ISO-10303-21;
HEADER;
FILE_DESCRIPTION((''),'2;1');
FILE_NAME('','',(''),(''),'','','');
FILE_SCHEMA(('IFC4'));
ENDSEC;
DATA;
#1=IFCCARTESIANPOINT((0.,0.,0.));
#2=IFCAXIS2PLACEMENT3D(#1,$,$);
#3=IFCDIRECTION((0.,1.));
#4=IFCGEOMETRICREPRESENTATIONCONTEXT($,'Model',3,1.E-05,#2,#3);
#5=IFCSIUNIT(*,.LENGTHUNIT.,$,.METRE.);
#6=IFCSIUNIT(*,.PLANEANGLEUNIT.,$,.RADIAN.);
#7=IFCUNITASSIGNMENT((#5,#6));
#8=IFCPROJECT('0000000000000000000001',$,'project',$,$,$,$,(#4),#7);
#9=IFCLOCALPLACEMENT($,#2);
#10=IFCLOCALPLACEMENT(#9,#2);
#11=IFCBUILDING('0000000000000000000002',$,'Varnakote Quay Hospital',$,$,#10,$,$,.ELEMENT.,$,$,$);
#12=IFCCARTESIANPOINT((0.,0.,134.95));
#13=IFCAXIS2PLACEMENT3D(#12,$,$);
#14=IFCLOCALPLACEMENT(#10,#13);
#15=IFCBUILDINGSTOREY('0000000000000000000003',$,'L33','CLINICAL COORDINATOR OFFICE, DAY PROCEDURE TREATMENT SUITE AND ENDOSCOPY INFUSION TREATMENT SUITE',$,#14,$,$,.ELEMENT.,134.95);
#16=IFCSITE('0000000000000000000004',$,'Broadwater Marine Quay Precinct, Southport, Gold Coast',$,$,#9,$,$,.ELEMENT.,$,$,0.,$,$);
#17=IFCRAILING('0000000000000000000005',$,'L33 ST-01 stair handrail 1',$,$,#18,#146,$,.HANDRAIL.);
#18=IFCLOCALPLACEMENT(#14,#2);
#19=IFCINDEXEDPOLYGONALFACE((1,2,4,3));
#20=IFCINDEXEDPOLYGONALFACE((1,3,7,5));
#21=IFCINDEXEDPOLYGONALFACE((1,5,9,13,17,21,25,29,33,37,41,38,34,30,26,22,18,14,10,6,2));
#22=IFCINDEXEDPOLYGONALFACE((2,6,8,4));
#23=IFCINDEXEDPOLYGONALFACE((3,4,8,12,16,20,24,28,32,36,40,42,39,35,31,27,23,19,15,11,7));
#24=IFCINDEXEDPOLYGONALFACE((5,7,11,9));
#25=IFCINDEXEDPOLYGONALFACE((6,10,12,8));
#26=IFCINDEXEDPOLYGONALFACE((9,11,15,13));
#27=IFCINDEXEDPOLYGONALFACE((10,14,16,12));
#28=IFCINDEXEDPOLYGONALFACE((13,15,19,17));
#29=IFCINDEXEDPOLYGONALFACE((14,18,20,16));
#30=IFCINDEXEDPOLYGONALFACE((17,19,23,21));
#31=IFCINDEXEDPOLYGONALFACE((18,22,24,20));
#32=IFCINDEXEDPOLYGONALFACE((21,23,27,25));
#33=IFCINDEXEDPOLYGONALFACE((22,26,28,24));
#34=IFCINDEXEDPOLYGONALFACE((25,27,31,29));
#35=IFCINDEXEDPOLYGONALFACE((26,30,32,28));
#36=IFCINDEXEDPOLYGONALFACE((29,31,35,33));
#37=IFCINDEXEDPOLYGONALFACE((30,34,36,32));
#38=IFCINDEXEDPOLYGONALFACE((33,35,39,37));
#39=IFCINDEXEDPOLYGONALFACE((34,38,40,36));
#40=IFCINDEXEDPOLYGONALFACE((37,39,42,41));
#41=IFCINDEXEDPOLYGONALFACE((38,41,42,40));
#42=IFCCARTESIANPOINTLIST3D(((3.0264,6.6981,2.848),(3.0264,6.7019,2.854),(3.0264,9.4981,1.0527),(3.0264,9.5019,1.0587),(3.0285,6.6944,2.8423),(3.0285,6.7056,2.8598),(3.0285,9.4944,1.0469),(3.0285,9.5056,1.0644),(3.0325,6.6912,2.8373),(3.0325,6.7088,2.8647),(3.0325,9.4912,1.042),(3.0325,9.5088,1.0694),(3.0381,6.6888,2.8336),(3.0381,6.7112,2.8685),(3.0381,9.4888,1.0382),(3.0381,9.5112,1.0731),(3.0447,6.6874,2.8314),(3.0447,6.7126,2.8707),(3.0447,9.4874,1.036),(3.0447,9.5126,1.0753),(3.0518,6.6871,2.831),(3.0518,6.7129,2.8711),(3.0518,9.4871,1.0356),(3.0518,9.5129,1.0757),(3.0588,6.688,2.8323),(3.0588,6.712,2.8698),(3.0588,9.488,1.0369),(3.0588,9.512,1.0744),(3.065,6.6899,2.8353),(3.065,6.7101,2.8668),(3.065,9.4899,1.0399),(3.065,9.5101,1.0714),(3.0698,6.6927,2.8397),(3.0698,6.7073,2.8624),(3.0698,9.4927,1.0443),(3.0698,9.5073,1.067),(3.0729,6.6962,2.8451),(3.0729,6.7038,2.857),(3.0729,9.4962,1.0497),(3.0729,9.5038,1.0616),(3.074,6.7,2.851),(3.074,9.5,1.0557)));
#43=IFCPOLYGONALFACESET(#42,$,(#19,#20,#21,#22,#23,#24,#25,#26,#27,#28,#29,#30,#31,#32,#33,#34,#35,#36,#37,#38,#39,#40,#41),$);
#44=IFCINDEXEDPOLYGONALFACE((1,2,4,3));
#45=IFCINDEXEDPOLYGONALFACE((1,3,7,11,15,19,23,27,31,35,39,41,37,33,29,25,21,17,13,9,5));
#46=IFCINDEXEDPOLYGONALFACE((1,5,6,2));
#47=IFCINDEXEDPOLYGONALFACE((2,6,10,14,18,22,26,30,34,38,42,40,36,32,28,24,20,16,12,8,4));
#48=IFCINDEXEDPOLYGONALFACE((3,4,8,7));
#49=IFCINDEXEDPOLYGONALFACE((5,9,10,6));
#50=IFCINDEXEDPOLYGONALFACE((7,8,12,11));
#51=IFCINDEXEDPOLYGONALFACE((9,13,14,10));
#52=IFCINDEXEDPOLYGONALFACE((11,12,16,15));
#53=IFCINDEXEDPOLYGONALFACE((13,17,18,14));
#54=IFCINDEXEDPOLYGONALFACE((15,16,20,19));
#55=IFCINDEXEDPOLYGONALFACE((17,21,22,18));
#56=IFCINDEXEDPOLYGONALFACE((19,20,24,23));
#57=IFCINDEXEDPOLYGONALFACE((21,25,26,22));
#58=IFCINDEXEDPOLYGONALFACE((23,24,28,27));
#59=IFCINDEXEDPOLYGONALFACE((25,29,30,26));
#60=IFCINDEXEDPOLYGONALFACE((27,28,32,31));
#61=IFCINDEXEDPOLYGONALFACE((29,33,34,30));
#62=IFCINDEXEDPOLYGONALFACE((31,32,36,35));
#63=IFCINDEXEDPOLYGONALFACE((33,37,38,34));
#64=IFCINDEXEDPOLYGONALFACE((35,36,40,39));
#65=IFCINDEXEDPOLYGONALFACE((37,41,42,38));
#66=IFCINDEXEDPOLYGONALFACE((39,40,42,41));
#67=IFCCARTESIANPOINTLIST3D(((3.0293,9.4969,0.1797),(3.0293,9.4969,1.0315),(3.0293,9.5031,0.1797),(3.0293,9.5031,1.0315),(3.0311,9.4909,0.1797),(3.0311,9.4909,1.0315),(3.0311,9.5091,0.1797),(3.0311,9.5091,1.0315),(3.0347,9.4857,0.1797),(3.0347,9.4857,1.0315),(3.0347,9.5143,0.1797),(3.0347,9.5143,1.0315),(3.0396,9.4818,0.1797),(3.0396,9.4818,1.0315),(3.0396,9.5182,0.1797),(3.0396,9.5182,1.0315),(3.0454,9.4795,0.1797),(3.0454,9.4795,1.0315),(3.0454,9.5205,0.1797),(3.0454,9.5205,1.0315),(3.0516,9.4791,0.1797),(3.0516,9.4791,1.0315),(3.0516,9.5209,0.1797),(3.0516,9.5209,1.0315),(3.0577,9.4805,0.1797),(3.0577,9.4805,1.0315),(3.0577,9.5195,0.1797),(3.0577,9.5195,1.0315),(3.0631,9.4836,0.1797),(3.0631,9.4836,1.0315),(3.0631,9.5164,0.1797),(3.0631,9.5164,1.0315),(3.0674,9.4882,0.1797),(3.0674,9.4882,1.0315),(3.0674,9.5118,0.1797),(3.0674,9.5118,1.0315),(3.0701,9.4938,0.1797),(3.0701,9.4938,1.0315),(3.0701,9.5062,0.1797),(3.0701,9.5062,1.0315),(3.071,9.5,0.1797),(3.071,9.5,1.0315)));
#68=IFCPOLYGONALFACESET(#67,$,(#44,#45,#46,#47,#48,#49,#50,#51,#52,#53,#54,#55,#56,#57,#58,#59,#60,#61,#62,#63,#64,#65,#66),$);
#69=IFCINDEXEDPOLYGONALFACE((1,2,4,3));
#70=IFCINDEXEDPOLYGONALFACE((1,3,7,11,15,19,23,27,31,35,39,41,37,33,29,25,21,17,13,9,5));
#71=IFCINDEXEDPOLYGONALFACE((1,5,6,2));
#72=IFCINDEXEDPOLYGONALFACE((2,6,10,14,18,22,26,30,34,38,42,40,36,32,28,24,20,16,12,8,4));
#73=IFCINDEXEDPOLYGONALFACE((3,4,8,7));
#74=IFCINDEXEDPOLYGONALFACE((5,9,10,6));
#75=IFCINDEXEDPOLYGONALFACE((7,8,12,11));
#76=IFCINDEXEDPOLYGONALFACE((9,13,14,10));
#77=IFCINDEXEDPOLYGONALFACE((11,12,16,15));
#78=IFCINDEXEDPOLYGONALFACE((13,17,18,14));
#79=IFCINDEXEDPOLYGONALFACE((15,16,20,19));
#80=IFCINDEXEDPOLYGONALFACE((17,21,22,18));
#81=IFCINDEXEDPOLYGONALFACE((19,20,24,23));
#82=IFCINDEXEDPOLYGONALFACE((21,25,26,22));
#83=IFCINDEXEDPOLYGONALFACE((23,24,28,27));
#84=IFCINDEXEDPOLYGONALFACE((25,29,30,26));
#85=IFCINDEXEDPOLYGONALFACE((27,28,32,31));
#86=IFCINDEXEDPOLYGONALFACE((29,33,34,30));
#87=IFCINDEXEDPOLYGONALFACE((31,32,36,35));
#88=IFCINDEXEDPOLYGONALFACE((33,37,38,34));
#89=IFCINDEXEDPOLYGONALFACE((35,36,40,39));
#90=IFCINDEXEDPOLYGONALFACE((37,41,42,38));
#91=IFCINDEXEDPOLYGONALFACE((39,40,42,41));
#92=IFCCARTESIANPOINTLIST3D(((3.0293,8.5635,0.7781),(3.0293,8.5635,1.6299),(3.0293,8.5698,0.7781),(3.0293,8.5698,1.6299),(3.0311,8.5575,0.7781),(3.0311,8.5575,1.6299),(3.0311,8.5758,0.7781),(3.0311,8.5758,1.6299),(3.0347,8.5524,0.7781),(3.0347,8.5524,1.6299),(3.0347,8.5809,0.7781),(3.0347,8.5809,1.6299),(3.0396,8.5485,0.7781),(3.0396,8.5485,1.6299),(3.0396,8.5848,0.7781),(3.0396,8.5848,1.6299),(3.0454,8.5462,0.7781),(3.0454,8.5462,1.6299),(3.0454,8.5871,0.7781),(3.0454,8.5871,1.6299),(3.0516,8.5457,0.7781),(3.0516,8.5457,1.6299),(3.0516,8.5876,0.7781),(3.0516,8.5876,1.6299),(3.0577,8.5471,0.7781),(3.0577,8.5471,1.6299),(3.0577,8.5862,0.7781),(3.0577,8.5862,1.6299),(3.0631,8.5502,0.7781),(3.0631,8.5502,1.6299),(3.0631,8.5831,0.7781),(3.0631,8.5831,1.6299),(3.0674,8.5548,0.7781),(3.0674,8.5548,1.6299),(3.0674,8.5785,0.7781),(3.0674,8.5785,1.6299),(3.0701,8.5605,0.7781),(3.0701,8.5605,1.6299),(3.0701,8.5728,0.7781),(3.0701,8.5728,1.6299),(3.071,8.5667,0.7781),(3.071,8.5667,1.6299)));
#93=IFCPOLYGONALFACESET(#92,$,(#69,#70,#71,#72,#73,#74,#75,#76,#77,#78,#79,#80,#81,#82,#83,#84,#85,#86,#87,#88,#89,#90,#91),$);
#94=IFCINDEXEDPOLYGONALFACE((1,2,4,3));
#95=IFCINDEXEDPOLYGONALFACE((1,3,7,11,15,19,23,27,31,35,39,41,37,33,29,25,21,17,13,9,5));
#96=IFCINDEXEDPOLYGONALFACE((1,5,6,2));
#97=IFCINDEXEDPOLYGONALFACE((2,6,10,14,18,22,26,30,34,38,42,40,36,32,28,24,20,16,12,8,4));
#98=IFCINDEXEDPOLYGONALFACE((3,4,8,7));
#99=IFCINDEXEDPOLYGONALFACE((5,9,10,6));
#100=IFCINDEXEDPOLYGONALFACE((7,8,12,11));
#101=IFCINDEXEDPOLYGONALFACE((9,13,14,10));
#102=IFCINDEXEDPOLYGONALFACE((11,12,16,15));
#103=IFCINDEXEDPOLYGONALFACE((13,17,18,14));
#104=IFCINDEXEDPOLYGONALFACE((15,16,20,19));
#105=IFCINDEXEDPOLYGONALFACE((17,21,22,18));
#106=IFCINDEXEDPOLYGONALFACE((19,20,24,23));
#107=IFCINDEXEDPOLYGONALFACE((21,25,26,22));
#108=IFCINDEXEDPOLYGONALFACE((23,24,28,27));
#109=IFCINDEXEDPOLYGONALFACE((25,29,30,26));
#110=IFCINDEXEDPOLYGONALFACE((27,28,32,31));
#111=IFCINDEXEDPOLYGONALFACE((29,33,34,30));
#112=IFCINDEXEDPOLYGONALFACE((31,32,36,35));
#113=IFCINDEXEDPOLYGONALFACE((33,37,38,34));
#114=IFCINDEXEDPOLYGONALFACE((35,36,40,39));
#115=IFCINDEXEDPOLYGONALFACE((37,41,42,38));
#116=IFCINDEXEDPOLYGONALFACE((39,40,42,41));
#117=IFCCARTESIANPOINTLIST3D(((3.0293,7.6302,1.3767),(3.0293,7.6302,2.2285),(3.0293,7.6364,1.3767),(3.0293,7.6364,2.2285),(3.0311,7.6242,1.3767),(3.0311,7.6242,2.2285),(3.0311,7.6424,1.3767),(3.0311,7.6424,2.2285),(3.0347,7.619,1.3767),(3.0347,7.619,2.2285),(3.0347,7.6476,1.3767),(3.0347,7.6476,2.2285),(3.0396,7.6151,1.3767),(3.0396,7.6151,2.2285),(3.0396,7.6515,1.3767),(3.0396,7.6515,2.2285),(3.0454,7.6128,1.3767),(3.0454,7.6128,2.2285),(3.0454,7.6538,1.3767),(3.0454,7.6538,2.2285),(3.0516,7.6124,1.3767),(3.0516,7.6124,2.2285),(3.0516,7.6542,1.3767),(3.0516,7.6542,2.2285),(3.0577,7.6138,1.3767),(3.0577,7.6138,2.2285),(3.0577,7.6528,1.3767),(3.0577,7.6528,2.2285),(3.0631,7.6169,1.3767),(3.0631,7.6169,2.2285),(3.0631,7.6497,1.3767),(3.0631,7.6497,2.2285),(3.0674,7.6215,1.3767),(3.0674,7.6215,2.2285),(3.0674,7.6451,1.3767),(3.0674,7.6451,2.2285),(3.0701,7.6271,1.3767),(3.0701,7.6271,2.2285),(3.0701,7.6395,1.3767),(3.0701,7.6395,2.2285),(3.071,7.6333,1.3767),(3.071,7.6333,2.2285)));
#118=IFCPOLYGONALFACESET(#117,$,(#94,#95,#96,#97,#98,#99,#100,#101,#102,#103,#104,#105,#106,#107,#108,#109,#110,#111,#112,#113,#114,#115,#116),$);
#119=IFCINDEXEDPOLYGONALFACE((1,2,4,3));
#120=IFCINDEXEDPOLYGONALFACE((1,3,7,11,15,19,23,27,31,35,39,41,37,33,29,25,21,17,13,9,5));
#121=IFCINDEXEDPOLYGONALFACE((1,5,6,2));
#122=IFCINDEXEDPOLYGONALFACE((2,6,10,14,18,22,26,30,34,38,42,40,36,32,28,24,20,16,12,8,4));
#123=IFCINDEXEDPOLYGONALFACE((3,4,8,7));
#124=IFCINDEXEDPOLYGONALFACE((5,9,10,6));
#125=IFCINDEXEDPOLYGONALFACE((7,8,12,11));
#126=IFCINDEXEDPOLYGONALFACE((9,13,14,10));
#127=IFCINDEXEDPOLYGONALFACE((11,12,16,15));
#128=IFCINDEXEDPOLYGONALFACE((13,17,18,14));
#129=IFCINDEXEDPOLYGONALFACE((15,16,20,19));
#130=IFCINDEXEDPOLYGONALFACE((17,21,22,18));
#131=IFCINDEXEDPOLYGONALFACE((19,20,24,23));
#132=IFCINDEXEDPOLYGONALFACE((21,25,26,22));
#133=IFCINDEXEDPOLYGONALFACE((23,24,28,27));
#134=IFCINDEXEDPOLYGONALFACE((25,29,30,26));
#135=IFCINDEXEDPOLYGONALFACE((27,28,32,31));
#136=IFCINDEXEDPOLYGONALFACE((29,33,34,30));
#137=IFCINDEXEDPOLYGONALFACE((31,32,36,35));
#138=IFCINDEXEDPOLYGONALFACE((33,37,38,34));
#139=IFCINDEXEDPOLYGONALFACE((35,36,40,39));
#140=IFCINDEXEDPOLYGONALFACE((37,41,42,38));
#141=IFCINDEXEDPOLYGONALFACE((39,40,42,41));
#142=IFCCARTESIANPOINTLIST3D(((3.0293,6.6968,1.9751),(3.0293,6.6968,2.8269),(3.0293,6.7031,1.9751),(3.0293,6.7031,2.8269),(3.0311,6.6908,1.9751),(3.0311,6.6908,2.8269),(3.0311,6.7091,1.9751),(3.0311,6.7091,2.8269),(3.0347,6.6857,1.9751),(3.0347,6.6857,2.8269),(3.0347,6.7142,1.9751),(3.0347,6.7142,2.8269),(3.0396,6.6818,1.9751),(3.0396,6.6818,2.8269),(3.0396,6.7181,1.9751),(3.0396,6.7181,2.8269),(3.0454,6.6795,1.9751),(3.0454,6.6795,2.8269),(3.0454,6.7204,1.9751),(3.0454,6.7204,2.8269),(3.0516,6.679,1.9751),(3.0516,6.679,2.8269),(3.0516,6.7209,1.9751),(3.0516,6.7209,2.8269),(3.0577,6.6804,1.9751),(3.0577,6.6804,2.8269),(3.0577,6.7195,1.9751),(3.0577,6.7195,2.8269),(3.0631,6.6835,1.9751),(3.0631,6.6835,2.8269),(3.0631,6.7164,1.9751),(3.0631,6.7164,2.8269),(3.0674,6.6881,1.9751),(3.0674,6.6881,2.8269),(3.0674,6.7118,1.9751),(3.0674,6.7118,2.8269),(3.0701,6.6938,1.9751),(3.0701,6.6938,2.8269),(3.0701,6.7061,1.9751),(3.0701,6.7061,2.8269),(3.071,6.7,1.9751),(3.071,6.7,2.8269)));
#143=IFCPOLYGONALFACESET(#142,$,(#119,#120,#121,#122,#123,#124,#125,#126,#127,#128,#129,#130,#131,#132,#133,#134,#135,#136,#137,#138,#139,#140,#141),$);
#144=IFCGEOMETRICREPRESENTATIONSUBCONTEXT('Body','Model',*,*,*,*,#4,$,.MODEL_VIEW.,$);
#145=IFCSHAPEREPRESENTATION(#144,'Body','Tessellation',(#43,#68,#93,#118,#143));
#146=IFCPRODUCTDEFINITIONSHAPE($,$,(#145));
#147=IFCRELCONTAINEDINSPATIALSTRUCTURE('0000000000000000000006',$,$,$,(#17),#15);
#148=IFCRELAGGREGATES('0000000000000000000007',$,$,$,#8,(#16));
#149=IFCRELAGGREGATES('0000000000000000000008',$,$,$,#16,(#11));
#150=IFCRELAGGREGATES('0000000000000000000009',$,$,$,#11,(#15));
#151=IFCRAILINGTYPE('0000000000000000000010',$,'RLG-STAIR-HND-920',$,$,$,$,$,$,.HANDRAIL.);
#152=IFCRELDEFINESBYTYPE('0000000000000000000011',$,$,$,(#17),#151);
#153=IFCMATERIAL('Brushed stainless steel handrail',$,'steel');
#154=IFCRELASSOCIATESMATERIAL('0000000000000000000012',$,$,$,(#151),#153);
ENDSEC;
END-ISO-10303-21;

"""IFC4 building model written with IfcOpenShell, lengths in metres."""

from ifc_helpers import new_model, si_unit, direction, frame, origin, origin_2d, place, context, subcontext, project, spatial, circle, extrude, material, type_object, element, save


model = new_model("IFC4")

# Units and contexts
model_context = context("Model", 3, precision=1e-05, world=origin(), true_north=direction((0.0, 1.0)))
body_context = subcontext(model_context, "Body", "Model", "MODEL_VIEW")
ifc_project = project(units=[si_unit("LENGTHUNIT", "METRE"), si_unit("PLANEANGLEUNIT", "RADIAN")], contexts=[model_context])

# Site, building, storey
site_placement = place(None, origin())
site = spatial("IfcSite", under=ifc_project, at=site_placement, Name="Broadwater Marine Quay Precinct, Southport, Gold Coast", CompositionType="ELEMENT", RefElevation=0.0)
building_placement = place(site_placement, origin())
building = spatial("IfcBuilding", under=site, at=building_placement, Name="Varnakote Quay Hospital", CompositionType="ELEMENT")
storey_placement = place(building_placement, frame((0.0, 0.0, 134.95)))
storey = spatial("IfcBuildingStorey", under=building, at=storey_placement, Name="L33", Description="CLINICAL COORDINATOR OFFICE, DAY PROCEDURE TREATMENT SUITE AND ENDOSCOPY INFUSION TREATMENT SUITE", CompositionType="ELEMENT", Elevation=134.95)

# Railing
ifc_material_1 = material(Name="Brushed stainless steel handrail", Category="steel")
railing_type_1 = type_object("IfcRailingType", Name="RLG-STAIR-HND-920", PredefinedType="HANDRAIL", material=ifc_material_1)
railing_1_placement = place(storey_placement, frame((3.05, 9.5, 0.1797)))
element("IfcRailing", 1, at=railing_1_placement, inside=storey, type_object=railing_type_1, Name="L33 ST-01 stair handrail 1", PredefinedType="HANDRAIL", context=body_context, shape_type="SweptSolid", body=[
    extrude(circle(Radius=0.0239, at=origin_2d()), frame((0.0, 0.0, 0.876), z_axis=(0.0, -0.84181, 0.539774), x_axis=(1.0, 0.0, 0.0)), (0.0, 0.0, 1.0), 3.3262),
    extrude(circle(Radius=0.021, at=origin_2d()), origin(), (0.0, 0.0, 1.0), 0.8518),
    extrude(circle(Radius=0.021, at=origin_2d()), frame((0.0, -0.9333, 0.5984)), (0.0, 0.0, 1.0), 0.8518),
    extrude(circle(Radius=0.021, at=origin_2d()), frame((0.0, -1.8667, 1.197)), (0.0, 0.0, 1.0), 0.8518),
    extrude(circle(Radius=0.021, at=origin_2d()), frame((0.0, -2.8, 1.7954)), (0.0, 0.0, 1.0), 0.8518),
])

save(model, "model.ifc")
